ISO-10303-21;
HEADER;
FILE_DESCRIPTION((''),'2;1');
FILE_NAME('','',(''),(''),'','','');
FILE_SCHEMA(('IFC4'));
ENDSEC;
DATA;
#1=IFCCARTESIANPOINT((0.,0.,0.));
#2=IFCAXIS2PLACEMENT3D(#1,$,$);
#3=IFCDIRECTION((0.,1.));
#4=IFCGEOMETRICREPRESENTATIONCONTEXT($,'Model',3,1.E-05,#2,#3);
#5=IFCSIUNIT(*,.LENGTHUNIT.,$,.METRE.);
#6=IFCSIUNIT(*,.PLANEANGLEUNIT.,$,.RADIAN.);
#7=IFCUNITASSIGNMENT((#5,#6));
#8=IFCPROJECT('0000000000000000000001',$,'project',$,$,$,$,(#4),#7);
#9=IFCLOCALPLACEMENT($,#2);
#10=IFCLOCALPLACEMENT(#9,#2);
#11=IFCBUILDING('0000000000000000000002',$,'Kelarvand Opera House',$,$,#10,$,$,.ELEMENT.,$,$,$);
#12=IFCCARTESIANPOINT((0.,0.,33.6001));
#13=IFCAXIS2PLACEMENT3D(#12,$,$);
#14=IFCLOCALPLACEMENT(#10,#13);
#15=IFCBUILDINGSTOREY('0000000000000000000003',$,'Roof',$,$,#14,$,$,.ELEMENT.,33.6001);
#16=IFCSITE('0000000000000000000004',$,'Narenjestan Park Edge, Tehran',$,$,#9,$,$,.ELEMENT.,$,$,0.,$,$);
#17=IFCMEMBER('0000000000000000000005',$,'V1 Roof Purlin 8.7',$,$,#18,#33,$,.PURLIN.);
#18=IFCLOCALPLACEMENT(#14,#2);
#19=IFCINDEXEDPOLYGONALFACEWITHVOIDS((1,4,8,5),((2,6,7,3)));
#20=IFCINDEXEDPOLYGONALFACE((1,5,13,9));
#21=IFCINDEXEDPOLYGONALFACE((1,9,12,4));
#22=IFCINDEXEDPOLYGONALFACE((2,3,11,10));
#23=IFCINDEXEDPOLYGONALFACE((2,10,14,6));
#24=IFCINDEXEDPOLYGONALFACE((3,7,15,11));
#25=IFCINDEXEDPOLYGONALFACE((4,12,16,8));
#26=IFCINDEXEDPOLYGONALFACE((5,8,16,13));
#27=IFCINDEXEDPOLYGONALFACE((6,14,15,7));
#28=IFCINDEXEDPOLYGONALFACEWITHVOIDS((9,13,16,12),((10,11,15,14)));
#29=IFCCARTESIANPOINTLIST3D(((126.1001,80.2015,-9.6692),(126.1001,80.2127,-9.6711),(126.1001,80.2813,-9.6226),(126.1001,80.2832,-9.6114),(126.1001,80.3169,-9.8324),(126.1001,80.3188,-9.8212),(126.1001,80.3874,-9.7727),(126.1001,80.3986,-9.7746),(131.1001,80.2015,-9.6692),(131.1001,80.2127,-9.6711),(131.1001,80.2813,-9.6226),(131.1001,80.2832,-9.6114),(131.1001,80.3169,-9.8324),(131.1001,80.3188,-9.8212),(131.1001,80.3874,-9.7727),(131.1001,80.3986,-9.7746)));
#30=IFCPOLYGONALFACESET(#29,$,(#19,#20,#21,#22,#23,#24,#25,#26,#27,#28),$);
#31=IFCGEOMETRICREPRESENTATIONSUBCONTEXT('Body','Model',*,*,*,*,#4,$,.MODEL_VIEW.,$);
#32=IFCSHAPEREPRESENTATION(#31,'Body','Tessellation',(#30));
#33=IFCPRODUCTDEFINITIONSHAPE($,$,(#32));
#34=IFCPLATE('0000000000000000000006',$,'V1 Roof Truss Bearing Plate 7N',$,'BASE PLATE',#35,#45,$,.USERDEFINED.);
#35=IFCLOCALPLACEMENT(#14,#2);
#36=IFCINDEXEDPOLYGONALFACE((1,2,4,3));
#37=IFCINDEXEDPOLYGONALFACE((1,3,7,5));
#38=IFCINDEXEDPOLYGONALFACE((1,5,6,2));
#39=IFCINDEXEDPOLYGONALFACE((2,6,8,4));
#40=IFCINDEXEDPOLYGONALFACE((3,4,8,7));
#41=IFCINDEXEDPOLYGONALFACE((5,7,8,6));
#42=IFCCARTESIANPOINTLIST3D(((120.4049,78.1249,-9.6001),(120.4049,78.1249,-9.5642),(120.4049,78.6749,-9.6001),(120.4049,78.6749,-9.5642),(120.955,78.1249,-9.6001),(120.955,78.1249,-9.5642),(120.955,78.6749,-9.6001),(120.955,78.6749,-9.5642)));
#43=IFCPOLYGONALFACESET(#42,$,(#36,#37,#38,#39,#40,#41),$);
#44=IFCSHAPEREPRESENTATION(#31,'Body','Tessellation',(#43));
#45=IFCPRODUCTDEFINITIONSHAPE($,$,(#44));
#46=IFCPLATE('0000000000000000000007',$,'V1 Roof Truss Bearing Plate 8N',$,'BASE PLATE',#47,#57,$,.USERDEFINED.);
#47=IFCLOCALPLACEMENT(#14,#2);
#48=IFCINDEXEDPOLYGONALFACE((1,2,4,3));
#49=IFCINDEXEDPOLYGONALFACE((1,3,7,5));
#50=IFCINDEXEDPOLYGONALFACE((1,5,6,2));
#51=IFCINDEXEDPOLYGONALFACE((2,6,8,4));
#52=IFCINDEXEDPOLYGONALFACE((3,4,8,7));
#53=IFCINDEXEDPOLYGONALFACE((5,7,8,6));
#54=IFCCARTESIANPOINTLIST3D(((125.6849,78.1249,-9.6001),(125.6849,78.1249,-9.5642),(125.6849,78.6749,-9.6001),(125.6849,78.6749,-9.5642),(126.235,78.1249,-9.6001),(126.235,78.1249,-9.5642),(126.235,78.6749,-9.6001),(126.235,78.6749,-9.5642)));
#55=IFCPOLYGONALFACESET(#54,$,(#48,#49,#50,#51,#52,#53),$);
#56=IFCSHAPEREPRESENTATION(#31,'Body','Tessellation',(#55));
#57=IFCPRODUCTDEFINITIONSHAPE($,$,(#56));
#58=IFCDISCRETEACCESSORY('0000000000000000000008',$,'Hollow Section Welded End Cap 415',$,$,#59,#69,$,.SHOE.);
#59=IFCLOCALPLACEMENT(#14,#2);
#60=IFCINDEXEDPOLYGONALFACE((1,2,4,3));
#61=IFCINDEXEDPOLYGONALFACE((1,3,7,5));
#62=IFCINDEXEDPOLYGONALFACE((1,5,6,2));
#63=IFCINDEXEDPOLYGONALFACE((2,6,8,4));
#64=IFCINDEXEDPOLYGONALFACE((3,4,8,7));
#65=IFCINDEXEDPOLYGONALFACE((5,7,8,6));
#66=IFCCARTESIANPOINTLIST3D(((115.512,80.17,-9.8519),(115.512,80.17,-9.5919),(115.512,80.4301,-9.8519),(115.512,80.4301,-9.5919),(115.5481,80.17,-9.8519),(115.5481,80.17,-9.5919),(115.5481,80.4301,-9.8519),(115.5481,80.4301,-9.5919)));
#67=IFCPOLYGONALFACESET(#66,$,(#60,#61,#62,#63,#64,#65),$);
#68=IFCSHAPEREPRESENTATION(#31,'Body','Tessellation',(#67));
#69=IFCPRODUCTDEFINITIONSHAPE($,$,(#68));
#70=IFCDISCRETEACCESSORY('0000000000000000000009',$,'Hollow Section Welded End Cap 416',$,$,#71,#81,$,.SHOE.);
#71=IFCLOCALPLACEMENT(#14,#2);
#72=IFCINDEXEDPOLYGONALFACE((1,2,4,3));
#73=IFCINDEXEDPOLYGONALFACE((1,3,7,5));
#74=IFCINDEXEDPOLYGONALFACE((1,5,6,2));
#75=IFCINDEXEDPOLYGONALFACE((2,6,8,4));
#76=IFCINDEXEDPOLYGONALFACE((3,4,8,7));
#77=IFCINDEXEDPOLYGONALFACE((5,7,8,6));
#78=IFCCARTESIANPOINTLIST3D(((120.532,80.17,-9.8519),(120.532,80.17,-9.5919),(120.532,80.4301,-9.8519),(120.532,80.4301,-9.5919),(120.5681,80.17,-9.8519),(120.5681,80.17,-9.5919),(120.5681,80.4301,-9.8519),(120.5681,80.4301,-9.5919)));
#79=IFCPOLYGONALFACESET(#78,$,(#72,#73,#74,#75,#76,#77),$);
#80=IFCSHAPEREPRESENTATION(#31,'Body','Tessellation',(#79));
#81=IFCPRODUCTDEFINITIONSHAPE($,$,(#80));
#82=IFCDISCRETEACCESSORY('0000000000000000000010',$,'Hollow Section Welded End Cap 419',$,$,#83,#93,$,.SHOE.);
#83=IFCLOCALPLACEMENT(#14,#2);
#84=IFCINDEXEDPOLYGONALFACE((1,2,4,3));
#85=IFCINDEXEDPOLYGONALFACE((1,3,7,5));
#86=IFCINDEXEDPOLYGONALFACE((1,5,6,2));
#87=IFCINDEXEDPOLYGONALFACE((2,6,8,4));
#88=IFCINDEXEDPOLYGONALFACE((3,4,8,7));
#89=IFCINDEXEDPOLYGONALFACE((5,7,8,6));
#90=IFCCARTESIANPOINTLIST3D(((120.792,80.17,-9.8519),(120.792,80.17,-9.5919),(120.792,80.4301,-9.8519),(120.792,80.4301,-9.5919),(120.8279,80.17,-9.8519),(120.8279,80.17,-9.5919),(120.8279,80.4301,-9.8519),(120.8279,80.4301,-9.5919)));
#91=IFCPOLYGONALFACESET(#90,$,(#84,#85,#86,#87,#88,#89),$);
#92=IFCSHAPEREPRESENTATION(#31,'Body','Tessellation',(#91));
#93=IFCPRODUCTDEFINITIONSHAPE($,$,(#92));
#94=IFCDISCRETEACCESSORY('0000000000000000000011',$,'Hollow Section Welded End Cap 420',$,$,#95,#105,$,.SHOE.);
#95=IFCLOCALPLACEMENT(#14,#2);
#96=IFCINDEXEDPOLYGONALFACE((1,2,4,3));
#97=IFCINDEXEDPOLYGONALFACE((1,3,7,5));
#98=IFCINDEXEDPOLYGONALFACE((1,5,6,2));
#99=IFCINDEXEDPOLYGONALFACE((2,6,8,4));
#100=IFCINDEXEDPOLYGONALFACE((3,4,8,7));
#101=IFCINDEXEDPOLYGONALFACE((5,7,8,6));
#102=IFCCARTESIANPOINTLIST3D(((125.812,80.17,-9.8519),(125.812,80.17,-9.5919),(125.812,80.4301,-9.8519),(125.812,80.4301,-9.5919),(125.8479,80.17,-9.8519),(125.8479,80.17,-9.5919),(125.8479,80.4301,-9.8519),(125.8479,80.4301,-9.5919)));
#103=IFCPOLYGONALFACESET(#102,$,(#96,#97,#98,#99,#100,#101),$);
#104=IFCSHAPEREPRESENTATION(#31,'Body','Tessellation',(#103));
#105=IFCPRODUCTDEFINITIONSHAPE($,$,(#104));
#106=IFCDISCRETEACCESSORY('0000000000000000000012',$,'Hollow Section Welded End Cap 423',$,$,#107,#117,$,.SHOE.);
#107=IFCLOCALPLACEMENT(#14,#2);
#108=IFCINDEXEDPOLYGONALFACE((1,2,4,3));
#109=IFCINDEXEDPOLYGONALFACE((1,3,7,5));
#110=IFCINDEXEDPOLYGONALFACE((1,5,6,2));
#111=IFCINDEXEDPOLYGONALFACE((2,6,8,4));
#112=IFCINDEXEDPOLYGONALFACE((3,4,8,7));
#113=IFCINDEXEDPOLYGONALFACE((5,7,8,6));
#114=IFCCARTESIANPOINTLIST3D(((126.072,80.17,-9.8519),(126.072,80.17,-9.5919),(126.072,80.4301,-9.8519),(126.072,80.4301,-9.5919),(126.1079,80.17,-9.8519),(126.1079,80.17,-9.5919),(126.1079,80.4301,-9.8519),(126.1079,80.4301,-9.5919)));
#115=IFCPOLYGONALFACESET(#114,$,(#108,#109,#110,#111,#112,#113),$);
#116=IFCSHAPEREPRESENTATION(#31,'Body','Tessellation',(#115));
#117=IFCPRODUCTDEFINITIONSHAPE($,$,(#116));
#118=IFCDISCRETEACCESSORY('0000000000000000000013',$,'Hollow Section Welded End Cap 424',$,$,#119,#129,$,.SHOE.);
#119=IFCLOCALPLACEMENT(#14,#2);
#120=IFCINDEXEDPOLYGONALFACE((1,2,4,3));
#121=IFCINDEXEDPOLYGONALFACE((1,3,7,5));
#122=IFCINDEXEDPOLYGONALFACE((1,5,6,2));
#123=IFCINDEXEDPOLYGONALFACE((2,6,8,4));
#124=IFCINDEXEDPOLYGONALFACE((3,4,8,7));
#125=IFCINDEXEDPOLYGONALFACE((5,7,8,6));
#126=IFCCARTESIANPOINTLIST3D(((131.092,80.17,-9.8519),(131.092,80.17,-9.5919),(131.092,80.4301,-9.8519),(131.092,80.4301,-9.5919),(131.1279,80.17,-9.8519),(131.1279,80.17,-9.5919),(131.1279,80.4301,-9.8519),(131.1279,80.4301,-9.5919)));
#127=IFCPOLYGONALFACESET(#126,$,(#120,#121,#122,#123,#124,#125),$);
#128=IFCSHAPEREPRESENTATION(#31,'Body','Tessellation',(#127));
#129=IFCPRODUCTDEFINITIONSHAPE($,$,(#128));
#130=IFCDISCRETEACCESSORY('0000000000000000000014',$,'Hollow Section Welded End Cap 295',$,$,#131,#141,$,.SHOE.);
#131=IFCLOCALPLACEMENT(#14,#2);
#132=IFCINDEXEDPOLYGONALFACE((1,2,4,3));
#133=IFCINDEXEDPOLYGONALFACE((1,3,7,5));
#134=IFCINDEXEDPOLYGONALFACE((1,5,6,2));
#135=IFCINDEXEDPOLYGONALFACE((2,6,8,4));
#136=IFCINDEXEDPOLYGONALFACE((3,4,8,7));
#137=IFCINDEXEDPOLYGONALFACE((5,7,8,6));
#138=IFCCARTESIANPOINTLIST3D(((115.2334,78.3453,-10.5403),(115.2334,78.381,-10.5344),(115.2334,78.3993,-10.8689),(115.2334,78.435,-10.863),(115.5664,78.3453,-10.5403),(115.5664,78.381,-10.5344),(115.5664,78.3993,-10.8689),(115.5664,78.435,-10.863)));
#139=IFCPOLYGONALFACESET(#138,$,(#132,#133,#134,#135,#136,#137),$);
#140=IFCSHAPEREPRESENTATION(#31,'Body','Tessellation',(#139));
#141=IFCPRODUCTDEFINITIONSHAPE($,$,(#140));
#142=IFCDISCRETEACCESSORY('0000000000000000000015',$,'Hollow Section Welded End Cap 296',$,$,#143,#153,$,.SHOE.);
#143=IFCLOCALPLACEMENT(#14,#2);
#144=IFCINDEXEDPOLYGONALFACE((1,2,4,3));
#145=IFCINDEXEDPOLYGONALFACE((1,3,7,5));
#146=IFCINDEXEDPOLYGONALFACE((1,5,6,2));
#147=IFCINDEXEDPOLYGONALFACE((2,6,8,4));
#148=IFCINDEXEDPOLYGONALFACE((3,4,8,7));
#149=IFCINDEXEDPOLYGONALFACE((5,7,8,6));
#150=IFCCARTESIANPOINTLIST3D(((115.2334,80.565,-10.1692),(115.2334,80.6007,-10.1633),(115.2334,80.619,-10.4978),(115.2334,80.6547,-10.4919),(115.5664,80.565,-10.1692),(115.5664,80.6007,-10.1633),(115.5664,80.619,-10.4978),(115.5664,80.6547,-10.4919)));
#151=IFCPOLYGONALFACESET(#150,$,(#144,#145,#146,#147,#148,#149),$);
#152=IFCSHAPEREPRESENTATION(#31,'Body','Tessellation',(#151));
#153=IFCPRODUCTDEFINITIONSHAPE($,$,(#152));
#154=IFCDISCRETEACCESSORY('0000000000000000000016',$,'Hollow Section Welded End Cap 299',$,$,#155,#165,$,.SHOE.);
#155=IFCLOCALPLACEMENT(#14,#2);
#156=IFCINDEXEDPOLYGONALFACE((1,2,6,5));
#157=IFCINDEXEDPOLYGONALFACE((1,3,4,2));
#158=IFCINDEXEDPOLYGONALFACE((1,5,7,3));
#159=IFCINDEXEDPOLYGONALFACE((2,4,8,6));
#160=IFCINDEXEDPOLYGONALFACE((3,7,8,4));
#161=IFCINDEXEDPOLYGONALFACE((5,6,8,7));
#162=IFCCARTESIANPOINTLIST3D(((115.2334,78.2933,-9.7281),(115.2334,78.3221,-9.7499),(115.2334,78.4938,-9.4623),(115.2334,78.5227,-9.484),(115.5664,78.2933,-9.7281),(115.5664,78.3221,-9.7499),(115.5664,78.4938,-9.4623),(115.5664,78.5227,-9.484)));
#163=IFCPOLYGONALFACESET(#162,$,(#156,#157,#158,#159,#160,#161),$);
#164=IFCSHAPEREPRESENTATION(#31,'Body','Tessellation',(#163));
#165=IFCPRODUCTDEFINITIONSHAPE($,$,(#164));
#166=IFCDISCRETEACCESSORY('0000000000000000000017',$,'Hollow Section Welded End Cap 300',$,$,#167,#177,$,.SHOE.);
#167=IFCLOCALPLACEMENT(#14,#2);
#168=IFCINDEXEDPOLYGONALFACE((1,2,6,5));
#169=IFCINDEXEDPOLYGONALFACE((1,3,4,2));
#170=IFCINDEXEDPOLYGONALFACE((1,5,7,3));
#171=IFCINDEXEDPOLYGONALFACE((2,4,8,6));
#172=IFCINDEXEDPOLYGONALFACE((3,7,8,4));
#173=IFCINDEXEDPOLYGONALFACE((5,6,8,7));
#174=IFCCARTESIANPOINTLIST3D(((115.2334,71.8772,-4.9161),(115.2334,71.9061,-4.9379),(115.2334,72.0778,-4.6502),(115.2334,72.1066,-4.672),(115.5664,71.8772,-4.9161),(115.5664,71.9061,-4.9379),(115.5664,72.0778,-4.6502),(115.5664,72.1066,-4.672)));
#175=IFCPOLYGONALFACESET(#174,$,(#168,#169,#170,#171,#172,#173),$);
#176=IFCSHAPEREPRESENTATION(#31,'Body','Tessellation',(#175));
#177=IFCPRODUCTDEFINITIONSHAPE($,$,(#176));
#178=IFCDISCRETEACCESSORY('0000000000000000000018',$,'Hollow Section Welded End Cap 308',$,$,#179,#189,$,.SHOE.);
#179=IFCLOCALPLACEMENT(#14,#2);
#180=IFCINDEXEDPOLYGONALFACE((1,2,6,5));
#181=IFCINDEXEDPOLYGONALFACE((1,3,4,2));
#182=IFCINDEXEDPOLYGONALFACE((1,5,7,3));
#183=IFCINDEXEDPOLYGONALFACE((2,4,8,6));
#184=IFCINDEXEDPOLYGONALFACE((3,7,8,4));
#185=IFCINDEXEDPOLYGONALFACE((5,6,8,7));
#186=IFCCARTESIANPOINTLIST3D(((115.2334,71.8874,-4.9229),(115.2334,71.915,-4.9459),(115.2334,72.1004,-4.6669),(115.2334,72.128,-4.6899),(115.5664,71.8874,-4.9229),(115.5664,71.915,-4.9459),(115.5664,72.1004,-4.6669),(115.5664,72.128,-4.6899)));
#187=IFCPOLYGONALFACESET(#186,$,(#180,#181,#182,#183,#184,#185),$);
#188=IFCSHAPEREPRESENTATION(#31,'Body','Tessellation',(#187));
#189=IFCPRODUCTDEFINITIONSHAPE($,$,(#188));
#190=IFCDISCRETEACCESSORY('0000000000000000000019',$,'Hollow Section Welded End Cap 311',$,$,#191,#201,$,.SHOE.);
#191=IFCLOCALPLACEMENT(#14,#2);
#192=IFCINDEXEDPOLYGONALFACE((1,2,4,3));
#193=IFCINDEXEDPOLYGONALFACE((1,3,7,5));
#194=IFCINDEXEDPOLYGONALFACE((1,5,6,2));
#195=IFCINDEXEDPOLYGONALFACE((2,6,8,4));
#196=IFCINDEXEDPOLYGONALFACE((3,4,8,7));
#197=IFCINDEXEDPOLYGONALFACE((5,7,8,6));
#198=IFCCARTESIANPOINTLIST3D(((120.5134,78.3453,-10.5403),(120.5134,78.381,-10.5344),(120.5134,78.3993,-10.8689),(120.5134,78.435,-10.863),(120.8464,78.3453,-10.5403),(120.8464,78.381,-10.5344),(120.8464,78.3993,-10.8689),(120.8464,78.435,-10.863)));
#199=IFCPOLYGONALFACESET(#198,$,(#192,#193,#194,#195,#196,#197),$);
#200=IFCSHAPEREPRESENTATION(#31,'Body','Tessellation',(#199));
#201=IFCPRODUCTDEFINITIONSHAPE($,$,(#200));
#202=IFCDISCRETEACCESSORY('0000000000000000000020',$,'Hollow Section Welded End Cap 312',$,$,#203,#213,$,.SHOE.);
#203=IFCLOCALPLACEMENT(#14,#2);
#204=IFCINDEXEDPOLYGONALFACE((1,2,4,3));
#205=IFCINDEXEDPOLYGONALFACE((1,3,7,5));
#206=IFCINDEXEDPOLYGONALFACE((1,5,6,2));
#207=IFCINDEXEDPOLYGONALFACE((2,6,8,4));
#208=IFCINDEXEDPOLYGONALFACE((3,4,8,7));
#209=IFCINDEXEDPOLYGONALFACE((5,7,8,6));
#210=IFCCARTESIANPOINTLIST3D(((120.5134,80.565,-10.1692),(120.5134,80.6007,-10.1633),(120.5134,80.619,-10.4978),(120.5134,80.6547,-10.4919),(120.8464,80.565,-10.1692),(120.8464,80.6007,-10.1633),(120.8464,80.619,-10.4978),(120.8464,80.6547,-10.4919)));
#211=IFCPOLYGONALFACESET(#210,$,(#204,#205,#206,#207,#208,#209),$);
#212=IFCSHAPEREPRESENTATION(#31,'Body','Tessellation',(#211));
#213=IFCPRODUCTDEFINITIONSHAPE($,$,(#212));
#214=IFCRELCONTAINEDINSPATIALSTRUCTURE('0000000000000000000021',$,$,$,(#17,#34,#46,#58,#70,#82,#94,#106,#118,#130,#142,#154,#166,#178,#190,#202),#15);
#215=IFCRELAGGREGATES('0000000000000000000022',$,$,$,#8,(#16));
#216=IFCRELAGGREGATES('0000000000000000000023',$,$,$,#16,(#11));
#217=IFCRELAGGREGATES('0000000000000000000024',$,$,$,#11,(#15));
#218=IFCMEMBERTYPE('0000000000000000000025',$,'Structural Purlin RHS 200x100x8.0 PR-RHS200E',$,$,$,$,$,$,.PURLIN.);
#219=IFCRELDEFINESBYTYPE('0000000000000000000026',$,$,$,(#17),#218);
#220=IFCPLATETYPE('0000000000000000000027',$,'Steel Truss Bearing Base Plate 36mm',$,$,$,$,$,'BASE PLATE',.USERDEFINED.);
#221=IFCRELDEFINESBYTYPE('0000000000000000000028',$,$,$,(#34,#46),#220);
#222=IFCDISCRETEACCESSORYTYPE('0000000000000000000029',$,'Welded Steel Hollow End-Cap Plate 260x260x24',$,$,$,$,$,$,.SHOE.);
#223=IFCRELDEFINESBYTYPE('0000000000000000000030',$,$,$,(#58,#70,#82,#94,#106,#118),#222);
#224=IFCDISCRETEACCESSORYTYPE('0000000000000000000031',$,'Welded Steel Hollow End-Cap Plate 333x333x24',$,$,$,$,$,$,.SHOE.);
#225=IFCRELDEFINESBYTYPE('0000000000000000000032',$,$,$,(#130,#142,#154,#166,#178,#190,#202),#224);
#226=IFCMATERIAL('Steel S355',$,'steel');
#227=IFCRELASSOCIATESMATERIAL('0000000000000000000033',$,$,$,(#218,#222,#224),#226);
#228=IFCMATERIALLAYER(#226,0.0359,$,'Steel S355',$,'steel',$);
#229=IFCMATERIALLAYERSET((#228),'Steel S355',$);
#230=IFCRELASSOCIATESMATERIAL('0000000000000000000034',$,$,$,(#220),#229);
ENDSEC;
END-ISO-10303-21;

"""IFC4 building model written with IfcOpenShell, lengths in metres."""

from ifc_helpers import new_model, si_unit, direction, frame, origin, origin_2d, place, context, subcontext, project, spatial, rectangle, hollow_rectangle, extrude, material, layer, layer_set, material_profile, profile_set, type_object, element, save


model = new_model("IFC4")

# Units and contexts
model_context = context("Model", 3, precision=1e-05, world=origin(), true_north=direction((0.0, 1.0)))
body_context = subcontext(model_context, "Body", "Model", "MODEL_VIEW")
ifc_project = project(units=[si_unit("LENGTHUNIT", "METRE"), si_unit("PLANEANGLEUNIT", "RADIAN")], contexts=[model_context])

# Site, building, storey
site_placement = place(None, origin())
site = spatial("IfcSite", under=ifc_project, at=site_placement, Name="Narenjestan Park Edge, Tehran", CompositionType="ELEMENT", RefElevation=0.0)
building_placement = place(site_placement, origin())
building = spatial("IfcBuilding", under=site, at=building_placement, Name="Kelarvand Opera House", CompositionType="ELEMENT")
storey_placement = place(building_placement, frame((0.0, 0.0, 33.6001)))
storey = spatial("IfcBuildingStorey", under=building, at=storey_placement, Name="Roof", CompositionType="ELEMENT", Elevation=33.6001)

# Member
ifc_material = material(Name="Steel S355", Category="steel")
ifc_material_profile_1 = material_profile(ifc_material, hollow_rectangle(XDim=0.1001, YDim=0.2, WallThickness=0.0081, at=origin_2d()), Name="RHS 200x100x8.0", Category="steel")
ifc_profile_set_1 = profile_set([ifc_material_profile_1], Name="Steel S355")
member_type_1 = type_object("IfcMemberType", Name="Structural Purlin RHS 200x100x8.0 PR-RHS200E", PredefinedType="PURLIN", material=ifc_profile_set_1)
for number, where, z_axis, x_axis, name in (
    (1, (126.1001, 80.3, -9.7219), (1.0, 0.0, 0.0), (0.0, 0.81644, 0.57743), "V1 Roof Purlin 8.7"),
):
    element("IfcMember", number, at=place(storey_placement, frame(where, z_axis=z_axis, x_axis=x_axis)), inside=storey, type_object=member_type_1, Name=name, PredefinedType="PURLIN", context=body_context, shape_type="SweptSolid", body=[
        extrude(hollow_rectangle(XDim=0.1001, YDim=0.2, WallThickness=0.0081, at=origin_2d()), origin(), (0.0, 0.0, 1.0), 5.0),
    ])

# Plates
ifc_layer = layer(ifc_material, 0.0359, Name="Steel S355", Category="steel")
ifc_layer_set = layer_set([ifc_layer], Name="Steel S355")
plate_type = type_object("IfcPlateType", Name="Steel Truss Bearing Base Plate 36mm", ElementType="BASE PLATE", PredefinedType="USERDEFINED", material=ifc_layer_set)
for number, where, z_axis, x_axis, name in (
    (2, (120.6799, 78.3999, -9.6001), (0.0, 0.0, 1.0), (1.0, 0.0, 0.0), "V1 Roof Truss Bearing Plate 7N"),
    (3, (125.96, 78.3999, -9.6001), (0.0, 0.0, 1.0), (1.0, 0.0, 0.0), "V1 Roof Truss Bearing Plate 8N"),
):
    element("IfcPlate", number, at=place(storey_placement, frame(where, z_axis=z_axis, x_axis=x_axis)), inside=storey, type_object=plate_type, Name=name, ObjectType="BASE PLATE", PredefinedType="USERDEFINED", context=body_context, shape_type="SweptSolid", body=[
        extrude(rectangle(XDim=0.55, YDim=0.55, at=origin_2d()), origin(), (0.0, 0.0, 1.0), 0.0359),
    ])

# Discrete accessories
ifc_material_profile_2 = material_profile(ifc_material, rectangle(XDim=0.26, YDim=0.26, at=origin_2d()), Name="Welded Steel Hollow End-Cap Plate 260x260x24", Category="steel")
ifc_profile_set_2 = profile_set([ifc_material_profile_2], Name="Steel S355")
discrete_accessory_type_1 = type_object("IfcDiscreteAccessoryType", Name="Welded Steel Hollow End-Cap Plate 260x260x24", PredefinedType="SHOE", material=ifc_profile_set_2)
for number, where, z_axis, x_axis, name in (
    (4, (115.5481, 80.3, -9.7219), (-1.0, 0.0, 0.0), (0.0, -1.0, 0.0), "Hollow Section Welded End Cap 415"),
    (5, (120.532, 80.3, -9.7219), (1.0, 0.0, 0.0), (0.0, 1.0, 0.0), "Hollow Section Welded End Cap 416"),
):
    element("IfcDiscreteAccessory", number, at=place(storey_placement, frame(where, z_axis=z_axis, x_axis=x_axis)), inside=storey, type_object=discrete_accessory_type_1, Name=name, PredefinedType="SHOE", context=body_context, shape_type="SweptSolid", body=[
        extrude(rectangle(XDim=0.26, YDim=0.26, at=origin_2d()), origin(), (0.0, 0.0, 1.0), 0.0361),
    ])
for number, where, z_axis, x_axis, name in (
    (6, (120.8279, 80.3, -9.7219), (-1.0, 0.0, 0.0), (0.0, -1.0, 0.0), "Hollow Section Welded End Cap 419"),
    (7, (125.812, 80.3, -9.7219), (1.0, 0.0, 0.0), (0.0, 1.0, 0.0), "Hollow Section Welded End Cap 420"),
    (8, (126.1079, 80.3, -9.7219), (-1.0, 0.0, 0.0), (0.0, -1.0, 0.0), "Hollow Section Welded End Cap 423"),
    (9, (131.092, 80.3, -9.7219), (1.0, 0.0, 0.0), (0.0, 1.0, 0.0), "Hollow Section Welded End Cap 424"),
):
    element("IfcDiscreteAccessory", number, at=place(storey_placement, frame(where, z_axis=z_axis, x_axis=x_axis)), inside=storey, type_object=discrete_accessory_type_1, Name=name, PredefinedType="SHOE", context=body_context, shape_type="SweptSolid", body=[
        extrude(rectangle(XDim=0.26, YDim=0.26, at=origin_2d()), origin(), (0.0, 0.0, 1.0), 0.0359),
    ])
ifc_material_profile_3 = material_profile(ifc_material, rectangle(XDim=0.333, YDim=0.333, at=origin_2d()), Name="Welded Steel Hollow End-Cap Plate 333x333x24", Category="steel")
ifc_profile_set_3 = profile_set([ifc_material_profile_3], Name="Steel S355")
discrete_accessory_type_2 = type_object("IfcDiscreteAccessoryType", Name="Welded Steel Hollow End-Cap Plate 333x333x24", PredefinedType="SHOE", material=ifc_profile_set_3)
for number, where, z_axis, x_axis, name in (
    (10, (115.3999, 78.408, -10.6987), (0.0, -0.986757, -0.162207), (1.0, 0.0, 0.0), "Hollow Section Welded End Cap 295"),
    (11, (115.3999, 80.592, -10.3335), (0.0, 0.986757, 0.162207), (-1.0, 0.0, 0.0), "Hollow Section Welded End Cap 296"),
    (12, (115.3999, 78.3936, -9.5952), (0.0, 0.798373, -0.602163), (-1.0, 0.0, 0.0), "Hollow Section Welded End Cap 299"),
    (13, (115.3999, 72.0063, -4.8049), (0.0, -0.798373, 0.602163), (1.0, 0.0, 0.0), "Hollow Section Welded End Cap 300"),
):
    element("IfcDiscreteAccessory", number, at=place(storey_placement, frame(where, z_axis=z_axis, x_axis=x_axis)), inside=storey, type_object=discrete_accessory_type_2, Name=name, PredefinedType="SHOE", context=body_context, shape_type="SweptSolid", body=[
        extrude(rectangle(XDim=0.333, YDim=0.333, at=origin_2d()), origin(), (0.0, 0.0, 1.0), 0.0361),
    ])
discrete_accessory_placement = place(storey_placement, frame((115.3999, 71.9939, -4.7949), z_axis=(0.0, 0.768779, -0.639515), x_axis=(-1.0, 0.0, 0.0)))
element("IfcDiscreteAccessory", 14, at=discrete_accessory_placement, inside=storey, type_object=discrete_accessory_type_2, Name="Hollow Section Welded End Cap 308", PredefinedType="SHOE", context=body_context, shape_type="SweptSolid", body=[
    extrude(rectangle(XDim=0.333, YDim=0.333, at=origin_2d()), origin(), (0.0, 0.0, 1.0), 0.0359),
])
for number, where, z_axis, x_axis, name in (
    (15, (120.6799, 78.408, -10.6987), (0.0, -0.986757, -0.162207), (1.0, 0.0, 0.0), "Hollow Section Welded End Cap 311"),
    (16, (120.6799, 80.592, -10.3335), (0.0, 0.986757, 0.162207), (-1.0, 0.0, 0.0), "Hollow Section Welded End Cap 312"),
):
    element("IfcDiscreteAccessory", number, at=place(storey_placement, frame(where, z_axis=z_axis, x_axis=x_axis)), inside=storey, type_object=discrete_accessory_type_2, Name=name, PredefinedType="SHOE", context=body_context, shape_type="SweptSolid", body=[
        extrude(rectangle(XDim=0.333, YDim=0.333, at=origin_2d()), origin(), (0.0, 0.0, 1.0), 0.0361),
    ])

save(model, "model.ifc")
